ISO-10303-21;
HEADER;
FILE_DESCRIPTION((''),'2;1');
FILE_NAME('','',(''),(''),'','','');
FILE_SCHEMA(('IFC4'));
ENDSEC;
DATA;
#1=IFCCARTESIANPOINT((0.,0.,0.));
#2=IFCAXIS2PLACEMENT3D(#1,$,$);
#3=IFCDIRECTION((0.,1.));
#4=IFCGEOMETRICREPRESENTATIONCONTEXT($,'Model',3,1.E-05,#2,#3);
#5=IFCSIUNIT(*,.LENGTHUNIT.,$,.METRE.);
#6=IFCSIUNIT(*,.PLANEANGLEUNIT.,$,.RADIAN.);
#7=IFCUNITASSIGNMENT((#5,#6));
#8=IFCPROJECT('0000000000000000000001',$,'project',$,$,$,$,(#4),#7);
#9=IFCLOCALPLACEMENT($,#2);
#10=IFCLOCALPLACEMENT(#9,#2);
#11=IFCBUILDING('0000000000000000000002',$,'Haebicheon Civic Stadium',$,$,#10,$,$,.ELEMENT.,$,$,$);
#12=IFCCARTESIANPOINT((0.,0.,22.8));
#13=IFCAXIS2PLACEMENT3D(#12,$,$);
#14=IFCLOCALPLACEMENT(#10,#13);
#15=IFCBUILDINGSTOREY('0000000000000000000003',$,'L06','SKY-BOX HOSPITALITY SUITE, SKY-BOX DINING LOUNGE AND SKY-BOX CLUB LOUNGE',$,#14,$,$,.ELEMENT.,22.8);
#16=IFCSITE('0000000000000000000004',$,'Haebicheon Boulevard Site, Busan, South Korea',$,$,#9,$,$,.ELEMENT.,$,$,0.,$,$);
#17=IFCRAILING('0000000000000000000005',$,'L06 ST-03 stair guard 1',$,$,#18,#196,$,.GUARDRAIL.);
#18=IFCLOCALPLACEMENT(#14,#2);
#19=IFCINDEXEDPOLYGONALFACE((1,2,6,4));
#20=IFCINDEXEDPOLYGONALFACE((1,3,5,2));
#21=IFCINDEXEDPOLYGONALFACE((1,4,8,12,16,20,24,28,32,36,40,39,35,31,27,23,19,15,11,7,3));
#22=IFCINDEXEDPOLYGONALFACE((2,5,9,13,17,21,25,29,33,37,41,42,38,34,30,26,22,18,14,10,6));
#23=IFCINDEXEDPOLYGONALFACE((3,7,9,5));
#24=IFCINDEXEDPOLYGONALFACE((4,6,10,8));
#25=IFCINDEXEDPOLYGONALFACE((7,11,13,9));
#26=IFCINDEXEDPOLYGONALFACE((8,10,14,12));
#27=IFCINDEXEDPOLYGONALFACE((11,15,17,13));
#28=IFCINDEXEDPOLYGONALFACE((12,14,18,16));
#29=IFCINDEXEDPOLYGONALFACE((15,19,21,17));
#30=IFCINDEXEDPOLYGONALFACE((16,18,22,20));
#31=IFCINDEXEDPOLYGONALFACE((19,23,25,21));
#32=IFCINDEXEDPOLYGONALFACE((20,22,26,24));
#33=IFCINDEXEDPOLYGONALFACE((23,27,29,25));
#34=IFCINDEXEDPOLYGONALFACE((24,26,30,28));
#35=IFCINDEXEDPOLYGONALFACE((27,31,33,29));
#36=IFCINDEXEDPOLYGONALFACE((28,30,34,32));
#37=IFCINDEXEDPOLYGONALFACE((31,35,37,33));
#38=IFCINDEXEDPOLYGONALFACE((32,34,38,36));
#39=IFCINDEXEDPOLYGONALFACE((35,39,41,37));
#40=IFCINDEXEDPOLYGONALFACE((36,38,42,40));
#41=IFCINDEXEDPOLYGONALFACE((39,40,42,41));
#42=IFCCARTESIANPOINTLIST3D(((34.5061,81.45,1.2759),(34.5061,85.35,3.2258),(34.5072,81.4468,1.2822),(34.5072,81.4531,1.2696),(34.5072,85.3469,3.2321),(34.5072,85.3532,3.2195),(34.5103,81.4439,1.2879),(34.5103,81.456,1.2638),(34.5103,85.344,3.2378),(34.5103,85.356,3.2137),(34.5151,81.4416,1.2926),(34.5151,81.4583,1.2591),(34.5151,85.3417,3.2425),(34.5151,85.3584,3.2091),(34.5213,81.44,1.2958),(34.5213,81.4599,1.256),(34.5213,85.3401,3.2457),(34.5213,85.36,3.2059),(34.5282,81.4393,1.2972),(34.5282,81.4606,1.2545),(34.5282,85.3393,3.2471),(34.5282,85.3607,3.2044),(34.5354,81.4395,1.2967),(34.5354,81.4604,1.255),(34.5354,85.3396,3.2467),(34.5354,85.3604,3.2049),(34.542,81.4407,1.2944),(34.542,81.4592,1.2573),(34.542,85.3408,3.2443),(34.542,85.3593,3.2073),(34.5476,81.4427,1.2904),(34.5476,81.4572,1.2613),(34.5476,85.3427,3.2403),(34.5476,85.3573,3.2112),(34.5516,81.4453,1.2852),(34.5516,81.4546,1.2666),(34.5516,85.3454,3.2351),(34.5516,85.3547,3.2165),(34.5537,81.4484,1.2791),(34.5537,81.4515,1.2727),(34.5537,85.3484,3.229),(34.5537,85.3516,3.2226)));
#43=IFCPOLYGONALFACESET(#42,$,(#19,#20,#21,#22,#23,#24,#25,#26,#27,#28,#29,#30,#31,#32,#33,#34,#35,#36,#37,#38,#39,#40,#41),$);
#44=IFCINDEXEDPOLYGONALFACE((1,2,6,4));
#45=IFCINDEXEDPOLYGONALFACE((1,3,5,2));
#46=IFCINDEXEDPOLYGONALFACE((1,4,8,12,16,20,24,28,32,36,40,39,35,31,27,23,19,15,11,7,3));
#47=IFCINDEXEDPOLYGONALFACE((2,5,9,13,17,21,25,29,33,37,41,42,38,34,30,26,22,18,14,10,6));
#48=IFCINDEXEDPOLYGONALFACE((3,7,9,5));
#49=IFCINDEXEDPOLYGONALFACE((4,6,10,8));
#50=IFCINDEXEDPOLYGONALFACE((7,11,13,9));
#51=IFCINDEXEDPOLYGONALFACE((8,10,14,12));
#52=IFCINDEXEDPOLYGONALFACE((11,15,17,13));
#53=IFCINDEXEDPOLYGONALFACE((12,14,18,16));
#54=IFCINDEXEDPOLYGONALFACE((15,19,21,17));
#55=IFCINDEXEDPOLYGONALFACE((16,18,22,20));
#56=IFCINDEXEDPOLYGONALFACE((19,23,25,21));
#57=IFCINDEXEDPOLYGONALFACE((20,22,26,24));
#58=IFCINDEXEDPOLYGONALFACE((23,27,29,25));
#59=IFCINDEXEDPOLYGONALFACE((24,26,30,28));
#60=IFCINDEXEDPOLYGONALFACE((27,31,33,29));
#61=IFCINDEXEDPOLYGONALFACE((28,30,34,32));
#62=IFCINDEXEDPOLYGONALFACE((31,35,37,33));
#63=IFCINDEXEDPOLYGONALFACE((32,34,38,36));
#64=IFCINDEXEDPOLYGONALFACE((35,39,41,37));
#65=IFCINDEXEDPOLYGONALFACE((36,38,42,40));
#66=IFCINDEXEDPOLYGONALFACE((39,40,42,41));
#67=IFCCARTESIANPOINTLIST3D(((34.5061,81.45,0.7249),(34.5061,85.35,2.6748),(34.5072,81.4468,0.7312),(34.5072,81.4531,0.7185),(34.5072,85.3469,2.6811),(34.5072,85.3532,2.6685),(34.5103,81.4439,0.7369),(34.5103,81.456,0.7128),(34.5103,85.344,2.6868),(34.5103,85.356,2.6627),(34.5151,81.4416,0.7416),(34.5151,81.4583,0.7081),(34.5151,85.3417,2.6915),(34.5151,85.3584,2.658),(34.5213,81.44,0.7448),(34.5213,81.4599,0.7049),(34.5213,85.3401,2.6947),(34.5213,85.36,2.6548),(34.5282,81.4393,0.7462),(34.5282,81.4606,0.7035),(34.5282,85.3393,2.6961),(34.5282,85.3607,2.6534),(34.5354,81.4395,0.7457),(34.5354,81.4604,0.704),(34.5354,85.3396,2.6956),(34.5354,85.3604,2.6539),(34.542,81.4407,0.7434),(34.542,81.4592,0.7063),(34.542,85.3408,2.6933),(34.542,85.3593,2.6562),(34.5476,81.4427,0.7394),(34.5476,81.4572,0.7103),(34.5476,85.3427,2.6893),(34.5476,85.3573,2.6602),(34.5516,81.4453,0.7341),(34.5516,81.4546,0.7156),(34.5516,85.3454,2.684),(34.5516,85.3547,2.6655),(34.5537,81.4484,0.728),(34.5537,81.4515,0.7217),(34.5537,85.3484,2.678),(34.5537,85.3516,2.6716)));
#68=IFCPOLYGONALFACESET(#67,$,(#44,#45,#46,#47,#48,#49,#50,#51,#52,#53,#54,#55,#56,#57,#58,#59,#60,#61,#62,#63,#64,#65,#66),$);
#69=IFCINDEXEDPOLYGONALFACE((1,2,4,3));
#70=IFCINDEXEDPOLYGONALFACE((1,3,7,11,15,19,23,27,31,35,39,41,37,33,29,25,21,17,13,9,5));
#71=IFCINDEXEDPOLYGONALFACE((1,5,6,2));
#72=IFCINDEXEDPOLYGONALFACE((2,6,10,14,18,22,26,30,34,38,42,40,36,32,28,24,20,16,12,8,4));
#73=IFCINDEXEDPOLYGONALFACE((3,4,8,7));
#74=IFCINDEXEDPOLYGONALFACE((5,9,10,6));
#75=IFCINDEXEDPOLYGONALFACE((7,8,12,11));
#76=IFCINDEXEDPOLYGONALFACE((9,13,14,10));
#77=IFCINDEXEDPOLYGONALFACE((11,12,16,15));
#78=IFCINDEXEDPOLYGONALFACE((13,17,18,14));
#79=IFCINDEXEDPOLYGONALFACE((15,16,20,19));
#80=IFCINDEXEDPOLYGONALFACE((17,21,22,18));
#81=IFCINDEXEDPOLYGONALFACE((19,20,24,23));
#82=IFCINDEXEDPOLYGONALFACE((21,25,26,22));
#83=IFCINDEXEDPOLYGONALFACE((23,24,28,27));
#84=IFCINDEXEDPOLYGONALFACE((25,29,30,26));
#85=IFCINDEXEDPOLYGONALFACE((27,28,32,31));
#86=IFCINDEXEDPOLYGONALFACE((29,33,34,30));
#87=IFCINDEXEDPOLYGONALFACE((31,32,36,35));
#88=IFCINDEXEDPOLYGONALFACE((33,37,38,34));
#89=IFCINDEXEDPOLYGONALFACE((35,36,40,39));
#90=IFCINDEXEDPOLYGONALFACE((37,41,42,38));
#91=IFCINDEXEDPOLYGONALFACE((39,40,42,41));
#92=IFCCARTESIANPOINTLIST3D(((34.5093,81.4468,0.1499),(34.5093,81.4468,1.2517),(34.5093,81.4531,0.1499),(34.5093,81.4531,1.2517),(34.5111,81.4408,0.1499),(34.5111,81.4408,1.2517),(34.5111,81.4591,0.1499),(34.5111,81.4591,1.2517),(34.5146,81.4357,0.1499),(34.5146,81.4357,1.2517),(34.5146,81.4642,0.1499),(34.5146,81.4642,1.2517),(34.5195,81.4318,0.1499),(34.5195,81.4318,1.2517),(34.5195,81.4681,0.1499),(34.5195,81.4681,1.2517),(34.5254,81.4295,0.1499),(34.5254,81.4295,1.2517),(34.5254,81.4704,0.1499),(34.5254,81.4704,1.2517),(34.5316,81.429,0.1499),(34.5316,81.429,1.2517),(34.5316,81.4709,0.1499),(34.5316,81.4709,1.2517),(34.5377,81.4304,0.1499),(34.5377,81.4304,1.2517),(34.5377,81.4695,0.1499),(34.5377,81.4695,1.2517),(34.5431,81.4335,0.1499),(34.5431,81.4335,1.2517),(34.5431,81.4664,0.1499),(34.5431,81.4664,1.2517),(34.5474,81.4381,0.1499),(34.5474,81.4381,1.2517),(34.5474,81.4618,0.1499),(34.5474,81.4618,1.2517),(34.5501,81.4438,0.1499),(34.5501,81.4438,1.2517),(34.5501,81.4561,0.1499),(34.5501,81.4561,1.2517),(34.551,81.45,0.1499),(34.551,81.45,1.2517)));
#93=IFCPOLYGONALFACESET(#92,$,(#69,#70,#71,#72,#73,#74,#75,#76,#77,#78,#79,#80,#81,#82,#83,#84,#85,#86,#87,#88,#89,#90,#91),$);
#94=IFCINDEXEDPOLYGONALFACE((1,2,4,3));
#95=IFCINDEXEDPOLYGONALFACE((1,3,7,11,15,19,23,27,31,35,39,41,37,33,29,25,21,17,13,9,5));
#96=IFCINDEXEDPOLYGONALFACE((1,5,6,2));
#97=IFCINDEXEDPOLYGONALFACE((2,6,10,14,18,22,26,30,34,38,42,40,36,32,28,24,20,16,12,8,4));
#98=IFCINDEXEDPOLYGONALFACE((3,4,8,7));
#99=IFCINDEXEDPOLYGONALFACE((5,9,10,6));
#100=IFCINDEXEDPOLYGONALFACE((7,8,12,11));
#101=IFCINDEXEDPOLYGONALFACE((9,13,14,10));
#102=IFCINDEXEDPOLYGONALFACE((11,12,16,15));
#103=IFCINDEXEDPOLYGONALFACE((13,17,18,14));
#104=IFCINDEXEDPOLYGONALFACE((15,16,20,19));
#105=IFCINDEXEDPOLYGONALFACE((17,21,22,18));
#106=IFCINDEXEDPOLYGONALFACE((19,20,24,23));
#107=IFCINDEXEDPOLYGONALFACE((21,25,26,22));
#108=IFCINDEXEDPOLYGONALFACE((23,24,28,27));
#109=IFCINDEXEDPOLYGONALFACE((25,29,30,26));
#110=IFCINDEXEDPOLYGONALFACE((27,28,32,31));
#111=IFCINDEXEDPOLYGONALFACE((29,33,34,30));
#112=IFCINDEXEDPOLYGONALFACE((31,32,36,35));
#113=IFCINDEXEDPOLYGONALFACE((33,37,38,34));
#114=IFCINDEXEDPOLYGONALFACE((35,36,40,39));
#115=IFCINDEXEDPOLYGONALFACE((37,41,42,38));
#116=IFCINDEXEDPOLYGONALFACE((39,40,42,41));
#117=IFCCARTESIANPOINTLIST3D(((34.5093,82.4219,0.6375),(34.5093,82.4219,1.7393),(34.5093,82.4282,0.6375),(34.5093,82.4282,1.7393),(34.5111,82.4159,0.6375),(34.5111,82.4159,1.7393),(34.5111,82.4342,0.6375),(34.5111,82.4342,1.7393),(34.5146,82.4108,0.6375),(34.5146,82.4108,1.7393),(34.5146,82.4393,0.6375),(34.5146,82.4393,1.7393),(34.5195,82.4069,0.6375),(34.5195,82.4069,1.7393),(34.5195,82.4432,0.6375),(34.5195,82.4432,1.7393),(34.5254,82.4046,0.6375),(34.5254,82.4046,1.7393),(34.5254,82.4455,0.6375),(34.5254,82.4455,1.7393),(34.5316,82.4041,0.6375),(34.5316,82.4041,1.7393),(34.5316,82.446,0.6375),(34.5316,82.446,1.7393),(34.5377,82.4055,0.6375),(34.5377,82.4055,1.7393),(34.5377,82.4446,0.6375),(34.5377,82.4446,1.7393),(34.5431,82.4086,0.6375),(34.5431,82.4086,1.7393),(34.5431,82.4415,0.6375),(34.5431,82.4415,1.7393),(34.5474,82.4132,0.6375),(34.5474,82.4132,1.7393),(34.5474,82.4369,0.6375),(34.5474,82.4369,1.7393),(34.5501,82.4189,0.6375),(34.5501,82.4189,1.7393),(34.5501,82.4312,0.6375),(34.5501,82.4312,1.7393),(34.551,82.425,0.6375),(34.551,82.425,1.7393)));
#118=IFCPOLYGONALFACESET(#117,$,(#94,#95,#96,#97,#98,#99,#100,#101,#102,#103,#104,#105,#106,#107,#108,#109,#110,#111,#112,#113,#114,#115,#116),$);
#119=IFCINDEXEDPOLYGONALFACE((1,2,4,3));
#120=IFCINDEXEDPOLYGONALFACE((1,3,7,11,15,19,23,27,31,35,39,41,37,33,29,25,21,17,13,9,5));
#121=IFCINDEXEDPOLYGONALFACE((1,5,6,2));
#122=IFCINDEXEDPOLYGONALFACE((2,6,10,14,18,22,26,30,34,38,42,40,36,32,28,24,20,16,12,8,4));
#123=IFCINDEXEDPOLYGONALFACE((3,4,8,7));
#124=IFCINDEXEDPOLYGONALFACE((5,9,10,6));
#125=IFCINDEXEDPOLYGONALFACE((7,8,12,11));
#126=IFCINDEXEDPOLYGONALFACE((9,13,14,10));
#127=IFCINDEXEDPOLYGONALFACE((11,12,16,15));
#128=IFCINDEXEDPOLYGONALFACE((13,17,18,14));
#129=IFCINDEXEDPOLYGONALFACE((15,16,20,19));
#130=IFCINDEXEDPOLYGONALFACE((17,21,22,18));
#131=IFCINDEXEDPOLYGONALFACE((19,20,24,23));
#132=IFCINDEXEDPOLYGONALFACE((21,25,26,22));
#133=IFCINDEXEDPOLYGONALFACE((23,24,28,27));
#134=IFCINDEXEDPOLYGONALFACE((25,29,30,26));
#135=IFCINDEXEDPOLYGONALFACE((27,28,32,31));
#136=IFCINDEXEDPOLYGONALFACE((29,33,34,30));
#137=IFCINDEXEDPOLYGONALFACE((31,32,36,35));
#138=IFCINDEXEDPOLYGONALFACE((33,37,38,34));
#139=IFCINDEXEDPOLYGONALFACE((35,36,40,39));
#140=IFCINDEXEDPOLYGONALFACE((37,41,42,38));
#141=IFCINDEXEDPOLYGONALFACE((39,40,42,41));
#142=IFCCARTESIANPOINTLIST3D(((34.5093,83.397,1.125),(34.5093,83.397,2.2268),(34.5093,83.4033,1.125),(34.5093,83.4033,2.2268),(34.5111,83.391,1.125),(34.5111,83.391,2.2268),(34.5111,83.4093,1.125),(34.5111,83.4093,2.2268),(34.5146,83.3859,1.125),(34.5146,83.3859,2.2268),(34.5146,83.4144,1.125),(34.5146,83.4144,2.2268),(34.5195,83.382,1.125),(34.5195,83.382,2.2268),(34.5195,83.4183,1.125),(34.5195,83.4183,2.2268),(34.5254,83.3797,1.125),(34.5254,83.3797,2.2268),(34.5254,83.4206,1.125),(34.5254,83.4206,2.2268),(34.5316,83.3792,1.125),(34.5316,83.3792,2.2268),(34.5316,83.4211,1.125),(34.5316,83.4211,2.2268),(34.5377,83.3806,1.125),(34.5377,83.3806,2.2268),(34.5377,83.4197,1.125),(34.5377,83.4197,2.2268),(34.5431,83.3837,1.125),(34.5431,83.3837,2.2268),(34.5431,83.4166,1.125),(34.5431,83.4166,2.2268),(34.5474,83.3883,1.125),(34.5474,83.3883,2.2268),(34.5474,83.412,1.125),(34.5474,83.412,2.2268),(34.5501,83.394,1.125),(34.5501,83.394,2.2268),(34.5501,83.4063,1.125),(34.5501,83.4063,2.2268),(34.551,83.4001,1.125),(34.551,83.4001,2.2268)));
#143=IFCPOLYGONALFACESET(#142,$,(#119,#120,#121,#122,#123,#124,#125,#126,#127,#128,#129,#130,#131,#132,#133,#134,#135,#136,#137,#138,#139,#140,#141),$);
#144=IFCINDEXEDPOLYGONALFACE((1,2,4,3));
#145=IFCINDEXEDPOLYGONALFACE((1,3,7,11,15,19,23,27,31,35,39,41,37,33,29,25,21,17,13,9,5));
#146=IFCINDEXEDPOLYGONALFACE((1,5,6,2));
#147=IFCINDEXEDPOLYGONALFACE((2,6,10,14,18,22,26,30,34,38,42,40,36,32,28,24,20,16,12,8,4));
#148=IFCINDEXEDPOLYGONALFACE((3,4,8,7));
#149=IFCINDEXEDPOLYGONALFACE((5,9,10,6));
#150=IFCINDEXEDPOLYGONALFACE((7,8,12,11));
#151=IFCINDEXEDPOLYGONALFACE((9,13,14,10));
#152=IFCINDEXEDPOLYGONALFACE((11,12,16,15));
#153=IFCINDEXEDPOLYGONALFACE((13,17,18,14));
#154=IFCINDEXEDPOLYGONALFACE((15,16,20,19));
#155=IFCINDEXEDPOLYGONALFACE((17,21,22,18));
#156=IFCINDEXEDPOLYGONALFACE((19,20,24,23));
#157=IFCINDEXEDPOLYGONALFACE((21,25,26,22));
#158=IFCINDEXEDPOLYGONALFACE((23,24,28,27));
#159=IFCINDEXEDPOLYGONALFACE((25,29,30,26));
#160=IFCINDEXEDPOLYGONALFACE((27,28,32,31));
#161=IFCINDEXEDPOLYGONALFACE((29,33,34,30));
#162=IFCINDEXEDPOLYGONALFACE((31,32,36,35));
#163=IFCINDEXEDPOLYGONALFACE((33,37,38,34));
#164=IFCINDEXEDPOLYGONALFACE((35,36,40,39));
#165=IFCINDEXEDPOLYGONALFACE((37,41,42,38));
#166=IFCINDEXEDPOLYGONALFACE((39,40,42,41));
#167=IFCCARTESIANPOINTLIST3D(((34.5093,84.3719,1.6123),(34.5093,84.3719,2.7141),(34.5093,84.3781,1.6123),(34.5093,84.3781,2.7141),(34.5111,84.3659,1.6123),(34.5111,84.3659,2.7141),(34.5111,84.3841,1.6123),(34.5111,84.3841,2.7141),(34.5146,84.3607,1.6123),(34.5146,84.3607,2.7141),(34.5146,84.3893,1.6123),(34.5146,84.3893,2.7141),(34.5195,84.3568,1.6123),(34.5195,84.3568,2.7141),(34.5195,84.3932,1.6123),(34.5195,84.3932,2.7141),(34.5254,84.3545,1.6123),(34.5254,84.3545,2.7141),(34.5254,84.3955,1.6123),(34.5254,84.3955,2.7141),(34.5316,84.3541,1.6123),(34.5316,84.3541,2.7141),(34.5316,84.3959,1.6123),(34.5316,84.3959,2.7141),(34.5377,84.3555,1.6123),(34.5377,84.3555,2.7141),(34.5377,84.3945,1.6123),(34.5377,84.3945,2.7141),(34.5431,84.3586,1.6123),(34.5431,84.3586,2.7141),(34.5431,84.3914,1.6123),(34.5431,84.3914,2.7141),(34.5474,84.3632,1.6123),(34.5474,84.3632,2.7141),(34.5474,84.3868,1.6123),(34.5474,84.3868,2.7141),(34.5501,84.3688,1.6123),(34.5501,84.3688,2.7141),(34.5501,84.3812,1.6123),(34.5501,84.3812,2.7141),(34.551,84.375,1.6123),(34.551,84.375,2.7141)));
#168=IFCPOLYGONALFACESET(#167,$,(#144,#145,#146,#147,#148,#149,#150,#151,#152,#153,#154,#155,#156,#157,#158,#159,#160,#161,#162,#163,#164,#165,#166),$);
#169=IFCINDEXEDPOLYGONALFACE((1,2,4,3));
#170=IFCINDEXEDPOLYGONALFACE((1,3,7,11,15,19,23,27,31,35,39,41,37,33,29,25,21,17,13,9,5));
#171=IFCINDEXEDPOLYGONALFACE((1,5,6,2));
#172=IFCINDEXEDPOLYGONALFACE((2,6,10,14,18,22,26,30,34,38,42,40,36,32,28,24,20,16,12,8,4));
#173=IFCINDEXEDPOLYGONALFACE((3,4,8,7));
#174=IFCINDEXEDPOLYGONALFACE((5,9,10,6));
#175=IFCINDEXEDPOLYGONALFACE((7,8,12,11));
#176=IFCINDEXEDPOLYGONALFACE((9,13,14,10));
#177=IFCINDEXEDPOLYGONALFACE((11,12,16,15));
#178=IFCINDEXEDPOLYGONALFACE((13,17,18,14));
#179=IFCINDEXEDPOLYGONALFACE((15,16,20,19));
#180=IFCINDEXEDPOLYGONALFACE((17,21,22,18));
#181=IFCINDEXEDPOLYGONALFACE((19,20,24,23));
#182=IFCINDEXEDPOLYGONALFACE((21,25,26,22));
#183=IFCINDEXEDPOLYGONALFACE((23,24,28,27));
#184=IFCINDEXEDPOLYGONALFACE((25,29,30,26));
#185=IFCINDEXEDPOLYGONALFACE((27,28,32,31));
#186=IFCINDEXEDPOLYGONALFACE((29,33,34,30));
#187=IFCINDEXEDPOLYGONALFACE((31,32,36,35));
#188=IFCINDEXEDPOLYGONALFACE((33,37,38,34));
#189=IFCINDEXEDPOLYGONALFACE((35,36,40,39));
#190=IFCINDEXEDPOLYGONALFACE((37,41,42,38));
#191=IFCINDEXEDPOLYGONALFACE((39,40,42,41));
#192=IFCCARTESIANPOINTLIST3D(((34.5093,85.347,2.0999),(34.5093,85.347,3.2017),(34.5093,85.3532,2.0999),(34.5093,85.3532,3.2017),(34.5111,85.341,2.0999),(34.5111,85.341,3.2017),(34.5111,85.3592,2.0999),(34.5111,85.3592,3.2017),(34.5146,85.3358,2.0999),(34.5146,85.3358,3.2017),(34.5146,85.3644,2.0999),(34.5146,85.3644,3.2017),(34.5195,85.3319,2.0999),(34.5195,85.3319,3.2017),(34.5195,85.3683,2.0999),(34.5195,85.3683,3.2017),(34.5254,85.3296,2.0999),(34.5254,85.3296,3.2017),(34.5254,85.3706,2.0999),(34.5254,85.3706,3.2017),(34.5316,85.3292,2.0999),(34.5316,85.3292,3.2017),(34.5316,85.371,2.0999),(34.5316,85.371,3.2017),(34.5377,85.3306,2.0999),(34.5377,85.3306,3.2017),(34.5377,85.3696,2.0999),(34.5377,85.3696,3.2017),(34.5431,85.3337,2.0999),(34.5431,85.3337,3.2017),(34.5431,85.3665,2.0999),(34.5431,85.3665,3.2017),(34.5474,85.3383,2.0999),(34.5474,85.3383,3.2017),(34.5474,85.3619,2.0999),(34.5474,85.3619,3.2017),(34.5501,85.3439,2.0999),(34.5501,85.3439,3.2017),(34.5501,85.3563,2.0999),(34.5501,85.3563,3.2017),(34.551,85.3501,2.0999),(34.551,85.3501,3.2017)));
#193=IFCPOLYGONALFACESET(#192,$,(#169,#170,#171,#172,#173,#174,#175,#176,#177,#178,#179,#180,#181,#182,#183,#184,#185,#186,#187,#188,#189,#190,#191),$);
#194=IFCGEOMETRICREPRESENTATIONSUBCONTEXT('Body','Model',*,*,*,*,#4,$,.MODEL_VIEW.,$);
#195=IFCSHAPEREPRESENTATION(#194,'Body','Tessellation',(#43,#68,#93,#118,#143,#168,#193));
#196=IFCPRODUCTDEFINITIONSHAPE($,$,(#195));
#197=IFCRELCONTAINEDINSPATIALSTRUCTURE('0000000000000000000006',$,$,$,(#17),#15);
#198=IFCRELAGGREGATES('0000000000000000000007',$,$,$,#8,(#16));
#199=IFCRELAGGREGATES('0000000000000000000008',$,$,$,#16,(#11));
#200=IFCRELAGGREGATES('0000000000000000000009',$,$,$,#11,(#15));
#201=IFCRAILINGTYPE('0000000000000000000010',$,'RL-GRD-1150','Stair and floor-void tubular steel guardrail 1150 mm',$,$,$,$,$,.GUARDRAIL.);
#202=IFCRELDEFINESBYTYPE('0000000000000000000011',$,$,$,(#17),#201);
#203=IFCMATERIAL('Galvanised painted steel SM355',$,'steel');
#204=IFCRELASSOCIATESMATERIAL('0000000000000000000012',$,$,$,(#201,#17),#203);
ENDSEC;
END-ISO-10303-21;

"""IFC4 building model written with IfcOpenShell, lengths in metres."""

from ifc_helpers import new_model, si_unit, direction, frame, origin, origin_2d, place, context, subcontext, project, spatial, circle, extrude, material, type_object, element, save


model = new_model("IFC4")

# Units and contexts
model_context = context("Model", 3, precision=1e-05, world=origin(), true_north=direction((0.0, 1.0)))
body_context = subcontext(model_context, "Body", "Model", "MODEL_VIEW")
ifc_project = project(units=[si_unit("LENGTHUNIT", "METRE"), si_unit("PLANEANGLEUNIT", "RADIAN")], contexts=[model_context])

# Site, building, storey
site_placement = place(None, origin())
site = spatial("IfcSite", under=ifc_project, at=site_placement, Name="Haebicheon Boulevard Site, Busan, South Korea", CompositionType="ELEMENT", RefElevation=0.0)
building_placement = place(site_placement, origin())
building = spatial("IfcBuilding", under=site, at=building_placement, Name="Haebicheon Civic Stadium", CompositionType="ELEMENT")
storey_placement = place(building_placement, frame((0.0, 0.0, 22.8)))
storey = spatial("IfcBuildingStorey", under=building, at=storey_placement, Name="L06", Description="SKY-BOX HOSPITALITY SUITE, SKY-BOX DINING LOUNGE AND SKY-BOX CLUB LOUNGE", CompositionType="ELEMENT", Elevation=22.8)

# Railing
ifc_material_1 = material(Name="Galvanised painted steel SM355", Category="steel")
railing_type = type_object("IfcRailingType", Name="RL-GRD-1150", Description="Stair and floor-void tubular steel guardrail 1150 mm", PredefinedType="GUARDRAIL", material=ifc_material_1)
railing_1_placement = place(storey_placement, frame((34.53, 81.45, 0.1499)))
element("IfcRailing", 1, at=railing_1_placement, inside=storey, type_object=railing_type, material=ifc_material_1, Name="L06 ST-03 stair guard 1", PredefinedType="GUARDRAIL", context=body_context, shape_type="SweptSolid", body=[
    extrude(circle(Radius=0.0239, at=origin_2d()), frame((0.0, 0.0, 1.126), z_axis=(0.0, 0.894438, 0.447191), x_axis=(-1.0, 0.0, 0.0)), (0.0, 0.0, 1.0), 4.3604),
    extrude(circle(Radius=0.0239, at=origin_2d()), frame((0.0, 0.0, 0.575), z_axis=(0.0, 0.894438, 0.447191), x_axis=(-1.0, 0.0, 0.0)), (0.0, 0.0, 1.0), 4.3604),
    extrude(circle(Radius=0.021, at=origin_2d()), origin(), (0.0, 0.0, 1.0), 1.1018),
    extrude(circle(Radius=0.021, at=origin_2d()), frame((0.0, 0.9751, 0.4875)), (0.0, 0.0, 1.0), 1.1018),
    extrude(circle(Radius=0.021, at=origin_2d()), frame((0.0, 1.9502, 0.9751)), (0.0, 0.0, 1.0), 1.1018),
    extrude(circle(Radius=0.021, at=origin_2d()), frame((0.0, 2.925, 1.4624)), (0.0, 0.0, 1.0), 1.1018),
    extrude(circle(Radius=0.021, at=origin_2d()), frame((0.0, 3.9001, 1.95)), (0.0, 0.0, 1.0), 1.1018),
])

save(model, "model.ifc")
